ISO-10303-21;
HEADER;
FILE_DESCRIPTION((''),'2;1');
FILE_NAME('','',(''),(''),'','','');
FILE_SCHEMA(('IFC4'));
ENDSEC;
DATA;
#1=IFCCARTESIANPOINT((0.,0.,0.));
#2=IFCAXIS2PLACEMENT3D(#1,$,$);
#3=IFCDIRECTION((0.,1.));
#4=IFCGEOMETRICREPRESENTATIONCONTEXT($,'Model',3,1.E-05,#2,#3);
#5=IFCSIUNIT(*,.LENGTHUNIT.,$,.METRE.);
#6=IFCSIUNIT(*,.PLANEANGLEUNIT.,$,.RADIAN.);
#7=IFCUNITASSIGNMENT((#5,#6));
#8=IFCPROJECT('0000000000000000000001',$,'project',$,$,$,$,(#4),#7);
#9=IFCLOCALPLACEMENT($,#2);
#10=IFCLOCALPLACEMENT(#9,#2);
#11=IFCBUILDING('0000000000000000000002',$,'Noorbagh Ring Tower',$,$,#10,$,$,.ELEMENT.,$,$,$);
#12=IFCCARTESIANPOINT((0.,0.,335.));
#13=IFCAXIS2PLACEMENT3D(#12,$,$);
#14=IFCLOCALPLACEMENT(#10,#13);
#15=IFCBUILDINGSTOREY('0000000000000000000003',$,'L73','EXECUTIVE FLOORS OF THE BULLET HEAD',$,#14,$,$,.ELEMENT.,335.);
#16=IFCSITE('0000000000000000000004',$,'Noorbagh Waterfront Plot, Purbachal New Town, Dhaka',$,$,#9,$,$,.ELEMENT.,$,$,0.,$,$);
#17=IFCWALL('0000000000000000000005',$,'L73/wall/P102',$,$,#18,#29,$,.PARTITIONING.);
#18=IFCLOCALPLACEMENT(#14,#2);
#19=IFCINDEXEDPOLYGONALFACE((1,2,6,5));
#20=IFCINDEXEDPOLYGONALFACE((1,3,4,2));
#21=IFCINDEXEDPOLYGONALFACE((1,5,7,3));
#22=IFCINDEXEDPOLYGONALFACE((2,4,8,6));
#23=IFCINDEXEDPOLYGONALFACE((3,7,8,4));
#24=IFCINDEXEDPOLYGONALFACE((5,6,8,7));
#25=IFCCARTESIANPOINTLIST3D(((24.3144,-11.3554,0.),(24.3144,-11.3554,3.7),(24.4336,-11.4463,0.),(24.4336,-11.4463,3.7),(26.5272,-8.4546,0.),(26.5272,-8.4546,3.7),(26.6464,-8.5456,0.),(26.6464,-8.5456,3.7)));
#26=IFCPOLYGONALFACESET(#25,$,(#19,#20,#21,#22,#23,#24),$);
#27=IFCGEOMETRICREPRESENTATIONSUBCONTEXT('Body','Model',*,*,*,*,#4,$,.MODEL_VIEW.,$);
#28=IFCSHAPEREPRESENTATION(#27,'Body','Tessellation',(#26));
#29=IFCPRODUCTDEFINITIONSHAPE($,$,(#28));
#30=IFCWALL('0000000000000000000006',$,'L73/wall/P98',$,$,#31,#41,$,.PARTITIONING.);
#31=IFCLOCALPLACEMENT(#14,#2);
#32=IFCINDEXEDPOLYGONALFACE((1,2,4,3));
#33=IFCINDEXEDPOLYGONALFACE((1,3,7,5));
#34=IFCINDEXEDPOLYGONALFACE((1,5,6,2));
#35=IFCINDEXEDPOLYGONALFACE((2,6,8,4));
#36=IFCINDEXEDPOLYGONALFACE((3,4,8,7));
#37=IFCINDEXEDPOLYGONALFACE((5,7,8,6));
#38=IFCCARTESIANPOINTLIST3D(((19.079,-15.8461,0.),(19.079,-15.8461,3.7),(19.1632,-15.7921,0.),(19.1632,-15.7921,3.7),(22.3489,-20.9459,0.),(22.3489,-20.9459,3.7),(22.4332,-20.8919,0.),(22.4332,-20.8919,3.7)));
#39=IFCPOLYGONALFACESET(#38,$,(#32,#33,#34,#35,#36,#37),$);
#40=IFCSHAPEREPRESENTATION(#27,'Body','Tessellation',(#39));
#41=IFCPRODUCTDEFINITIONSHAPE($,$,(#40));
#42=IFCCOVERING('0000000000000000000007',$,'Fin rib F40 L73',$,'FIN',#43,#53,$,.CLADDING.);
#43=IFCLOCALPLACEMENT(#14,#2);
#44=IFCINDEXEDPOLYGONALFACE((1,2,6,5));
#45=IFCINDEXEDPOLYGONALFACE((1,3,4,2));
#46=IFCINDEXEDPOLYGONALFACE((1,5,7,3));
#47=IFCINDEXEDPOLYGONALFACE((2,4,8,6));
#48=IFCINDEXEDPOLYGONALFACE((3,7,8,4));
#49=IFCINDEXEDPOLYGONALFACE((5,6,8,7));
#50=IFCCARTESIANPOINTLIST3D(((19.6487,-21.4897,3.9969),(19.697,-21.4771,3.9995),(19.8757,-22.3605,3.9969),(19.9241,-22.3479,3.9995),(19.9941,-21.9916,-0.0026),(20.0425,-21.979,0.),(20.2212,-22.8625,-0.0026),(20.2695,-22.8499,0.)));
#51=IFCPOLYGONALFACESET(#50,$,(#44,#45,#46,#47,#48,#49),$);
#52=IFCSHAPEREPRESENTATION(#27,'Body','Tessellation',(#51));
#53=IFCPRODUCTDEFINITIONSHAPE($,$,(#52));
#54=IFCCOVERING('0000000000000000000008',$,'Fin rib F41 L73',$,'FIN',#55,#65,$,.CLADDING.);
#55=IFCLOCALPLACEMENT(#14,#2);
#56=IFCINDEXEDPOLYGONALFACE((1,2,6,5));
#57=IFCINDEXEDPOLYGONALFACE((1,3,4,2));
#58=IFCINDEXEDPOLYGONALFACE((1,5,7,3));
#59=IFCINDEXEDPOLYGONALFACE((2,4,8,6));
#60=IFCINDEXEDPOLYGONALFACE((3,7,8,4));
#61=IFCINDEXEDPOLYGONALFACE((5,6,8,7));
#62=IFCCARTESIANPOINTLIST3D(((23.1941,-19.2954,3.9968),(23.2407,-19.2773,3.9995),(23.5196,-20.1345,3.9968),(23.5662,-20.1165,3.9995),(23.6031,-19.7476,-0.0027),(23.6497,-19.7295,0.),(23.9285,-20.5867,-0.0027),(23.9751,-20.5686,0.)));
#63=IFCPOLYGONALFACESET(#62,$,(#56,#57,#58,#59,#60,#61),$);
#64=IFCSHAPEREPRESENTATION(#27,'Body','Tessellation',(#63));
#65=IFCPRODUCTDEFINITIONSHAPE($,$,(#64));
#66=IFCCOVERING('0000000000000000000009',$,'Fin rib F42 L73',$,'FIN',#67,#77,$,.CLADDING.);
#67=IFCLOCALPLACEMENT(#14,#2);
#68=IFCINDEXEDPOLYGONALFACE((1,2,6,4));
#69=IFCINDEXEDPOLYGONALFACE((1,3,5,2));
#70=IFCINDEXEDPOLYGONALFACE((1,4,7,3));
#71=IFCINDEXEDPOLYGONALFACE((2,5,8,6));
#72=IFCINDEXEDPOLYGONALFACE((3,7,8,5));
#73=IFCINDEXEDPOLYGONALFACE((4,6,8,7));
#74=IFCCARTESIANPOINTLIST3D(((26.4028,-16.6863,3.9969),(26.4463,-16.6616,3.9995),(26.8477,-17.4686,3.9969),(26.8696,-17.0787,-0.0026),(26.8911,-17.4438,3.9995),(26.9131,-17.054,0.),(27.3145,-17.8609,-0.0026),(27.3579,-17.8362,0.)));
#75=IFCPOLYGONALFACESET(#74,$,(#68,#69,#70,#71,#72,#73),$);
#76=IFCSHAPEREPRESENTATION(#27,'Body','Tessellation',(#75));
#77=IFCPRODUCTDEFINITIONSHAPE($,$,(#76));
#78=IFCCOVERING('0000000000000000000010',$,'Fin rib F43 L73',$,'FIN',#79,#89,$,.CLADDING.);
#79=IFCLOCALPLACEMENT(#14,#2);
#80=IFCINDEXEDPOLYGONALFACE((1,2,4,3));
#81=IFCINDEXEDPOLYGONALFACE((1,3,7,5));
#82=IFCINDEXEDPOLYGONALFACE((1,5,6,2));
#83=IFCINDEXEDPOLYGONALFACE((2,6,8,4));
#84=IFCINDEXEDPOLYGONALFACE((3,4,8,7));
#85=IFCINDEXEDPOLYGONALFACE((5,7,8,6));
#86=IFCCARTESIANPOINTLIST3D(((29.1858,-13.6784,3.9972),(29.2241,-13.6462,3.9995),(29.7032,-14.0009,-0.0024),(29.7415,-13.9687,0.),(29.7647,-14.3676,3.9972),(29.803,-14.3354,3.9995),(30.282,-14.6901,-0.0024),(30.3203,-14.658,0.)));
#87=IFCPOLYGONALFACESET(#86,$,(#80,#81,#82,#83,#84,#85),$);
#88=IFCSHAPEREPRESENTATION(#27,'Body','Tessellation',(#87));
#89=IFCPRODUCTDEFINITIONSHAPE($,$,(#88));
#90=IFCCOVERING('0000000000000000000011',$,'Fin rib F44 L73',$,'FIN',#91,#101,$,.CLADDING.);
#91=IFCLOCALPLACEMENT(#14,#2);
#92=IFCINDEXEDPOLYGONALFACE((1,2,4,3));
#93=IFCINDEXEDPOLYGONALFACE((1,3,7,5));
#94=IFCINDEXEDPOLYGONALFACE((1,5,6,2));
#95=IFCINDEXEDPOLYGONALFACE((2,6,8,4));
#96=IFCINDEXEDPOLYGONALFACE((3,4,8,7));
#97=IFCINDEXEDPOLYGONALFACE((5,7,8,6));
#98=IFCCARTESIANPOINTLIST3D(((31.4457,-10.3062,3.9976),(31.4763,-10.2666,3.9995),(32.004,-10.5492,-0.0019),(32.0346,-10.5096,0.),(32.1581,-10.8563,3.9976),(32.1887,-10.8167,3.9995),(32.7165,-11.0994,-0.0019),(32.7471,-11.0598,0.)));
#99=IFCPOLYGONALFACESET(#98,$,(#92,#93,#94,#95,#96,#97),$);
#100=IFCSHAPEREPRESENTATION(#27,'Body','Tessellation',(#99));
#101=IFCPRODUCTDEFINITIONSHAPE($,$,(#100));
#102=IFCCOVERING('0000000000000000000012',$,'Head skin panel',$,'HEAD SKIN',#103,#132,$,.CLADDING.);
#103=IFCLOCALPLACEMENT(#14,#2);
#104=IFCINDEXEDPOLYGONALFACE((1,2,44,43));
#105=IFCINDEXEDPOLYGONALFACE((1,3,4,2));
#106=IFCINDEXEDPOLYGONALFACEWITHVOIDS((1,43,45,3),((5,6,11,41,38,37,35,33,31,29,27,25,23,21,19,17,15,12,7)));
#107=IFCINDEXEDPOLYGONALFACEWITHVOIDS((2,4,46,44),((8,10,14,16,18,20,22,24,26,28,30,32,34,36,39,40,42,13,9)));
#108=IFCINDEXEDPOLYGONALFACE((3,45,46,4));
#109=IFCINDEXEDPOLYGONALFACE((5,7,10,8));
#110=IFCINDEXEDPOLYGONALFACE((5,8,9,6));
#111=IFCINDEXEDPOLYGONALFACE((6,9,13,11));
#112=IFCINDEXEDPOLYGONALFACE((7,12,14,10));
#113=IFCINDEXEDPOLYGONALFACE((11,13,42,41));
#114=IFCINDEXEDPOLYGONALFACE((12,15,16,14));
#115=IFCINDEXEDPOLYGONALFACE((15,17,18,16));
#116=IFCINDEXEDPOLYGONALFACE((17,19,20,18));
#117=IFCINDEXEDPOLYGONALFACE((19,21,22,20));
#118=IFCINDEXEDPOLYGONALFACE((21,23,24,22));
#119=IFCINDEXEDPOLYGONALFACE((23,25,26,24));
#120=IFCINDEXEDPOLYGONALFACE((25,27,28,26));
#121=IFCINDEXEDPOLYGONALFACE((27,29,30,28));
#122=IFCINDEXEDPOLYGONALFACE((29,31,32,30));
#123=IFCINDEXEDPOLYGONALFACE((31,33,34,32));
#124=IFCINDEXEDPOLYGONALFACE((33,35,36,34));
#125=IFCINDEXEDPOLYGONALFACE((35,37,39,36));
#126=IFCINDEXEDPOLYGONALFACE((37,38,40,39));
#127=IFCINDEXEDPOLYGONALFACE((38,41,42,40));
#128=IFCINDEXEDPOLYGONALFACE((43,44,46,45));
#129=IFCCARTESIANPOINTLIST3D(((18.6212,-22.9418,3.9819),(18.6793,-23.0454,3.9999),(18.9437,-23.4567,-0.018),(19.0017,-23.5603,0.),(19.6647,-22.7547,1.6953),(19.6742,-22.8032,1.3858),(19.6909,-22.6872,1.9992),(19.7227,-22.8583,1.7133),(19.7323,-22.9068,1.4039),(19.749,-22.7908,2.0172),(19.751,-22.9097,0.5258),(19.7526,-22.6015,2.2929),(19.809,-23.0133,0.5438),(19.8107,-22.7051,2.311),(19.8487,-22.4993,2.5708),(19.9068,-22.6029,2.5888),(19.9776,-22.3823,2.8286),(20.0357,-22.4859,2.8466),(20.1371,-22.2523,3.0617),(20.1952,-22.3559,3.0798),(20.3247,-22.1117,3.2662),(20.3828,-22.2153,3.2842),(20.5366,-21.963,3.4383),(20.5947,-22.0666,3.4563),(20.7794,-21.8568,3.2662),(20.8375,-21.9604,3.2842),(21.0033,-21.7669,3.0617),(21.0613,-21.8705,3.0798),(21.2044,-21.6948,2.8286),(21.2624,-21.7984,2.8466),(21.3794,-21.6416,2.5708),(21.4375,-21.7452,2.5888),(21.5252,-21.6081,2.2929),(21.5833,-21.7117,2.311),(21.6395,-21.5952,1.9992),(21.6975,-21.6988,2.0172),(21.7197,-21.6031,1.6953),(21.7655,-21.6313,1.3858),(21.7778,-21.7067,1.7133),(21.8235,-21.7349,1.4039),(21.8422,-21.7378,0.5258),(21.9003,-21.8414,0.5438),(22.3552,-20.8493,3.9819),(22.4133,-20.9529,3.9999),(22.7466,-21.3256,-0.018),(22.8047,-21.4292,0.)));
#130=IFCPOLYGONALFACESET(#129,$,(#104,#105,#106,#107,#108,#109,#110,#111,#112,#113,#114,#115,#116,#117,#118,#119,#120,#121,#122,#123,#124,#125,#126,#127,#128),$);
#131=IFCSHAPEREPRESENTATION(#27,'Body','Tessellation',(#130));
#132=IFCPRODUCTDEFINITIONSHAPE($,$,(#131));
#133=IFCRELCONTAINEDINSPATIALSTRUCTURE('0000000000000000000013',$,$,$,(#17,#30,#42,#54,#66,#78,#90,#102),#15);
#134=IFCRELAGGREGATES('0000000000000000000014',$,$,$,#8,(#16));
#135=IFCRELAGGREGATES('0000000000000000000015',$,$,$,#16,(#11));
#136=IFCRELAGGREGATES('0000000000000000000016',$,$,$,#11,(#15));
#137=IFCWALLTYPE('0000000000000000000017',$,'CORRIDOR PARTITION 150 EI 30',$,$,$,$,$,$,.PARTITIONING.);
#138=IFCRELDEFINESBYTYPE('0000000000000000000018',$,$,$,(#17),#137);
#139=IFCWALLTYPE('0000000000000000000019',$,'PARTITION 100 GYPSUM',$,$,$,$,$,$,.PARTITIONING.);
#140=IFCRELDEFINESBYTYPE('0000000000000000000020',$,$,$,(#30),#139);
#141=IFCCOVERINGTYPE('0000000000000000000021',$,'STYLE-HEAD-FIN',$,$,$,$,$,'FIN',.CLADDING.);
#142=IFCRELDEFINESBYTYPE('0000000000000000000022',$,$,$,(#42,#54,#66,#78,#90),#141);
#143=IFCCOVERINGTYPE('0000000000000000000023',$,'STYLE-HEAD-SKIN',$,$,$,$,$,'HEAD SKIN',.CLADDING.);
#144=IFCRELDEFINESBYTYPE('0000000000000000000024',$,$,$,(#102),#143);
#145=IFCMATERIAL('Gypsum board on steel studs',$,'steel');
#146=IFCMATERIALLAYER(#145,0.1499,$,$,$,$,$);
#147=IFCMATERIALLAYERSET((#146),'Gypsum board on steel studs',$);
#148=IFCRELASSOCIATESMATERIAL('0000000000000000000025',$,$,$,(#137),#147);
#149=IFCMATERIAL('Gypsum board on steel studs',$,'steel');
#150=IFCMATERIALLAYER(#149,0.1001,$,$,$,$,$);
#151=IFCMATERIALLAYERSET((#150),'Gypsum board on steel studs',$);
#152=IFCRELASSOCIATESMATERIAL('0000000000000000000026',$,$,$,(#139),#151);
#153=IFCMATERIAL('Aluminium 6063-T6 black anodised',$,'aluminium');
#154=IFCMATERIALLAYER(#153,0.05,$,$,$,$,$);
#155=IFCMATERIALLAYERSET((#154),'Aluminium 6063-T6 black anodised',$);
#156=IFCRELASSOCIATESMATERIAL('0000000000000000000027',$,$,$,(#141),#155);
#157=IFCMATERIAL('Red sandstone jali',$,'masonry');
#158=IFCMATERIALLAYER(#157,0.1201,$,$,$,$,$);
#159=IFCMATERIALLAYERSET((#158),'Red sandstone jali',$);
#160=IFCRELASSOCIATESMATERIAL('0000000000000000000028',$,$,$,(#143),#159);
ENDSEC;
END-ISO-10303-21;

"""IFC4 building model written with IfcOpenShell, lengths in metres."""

from ifc_helpers import new_model, si_unit, direction, frame, frame_2d, origin, place, context, subcontext, project, spatial, polyline, rectangle, outline, extrude, material, layer, layer_set, type_object, element, save


model = new_model("IFC4")

# Units and contexts
model_context = context("Model", 3, precision=1e-05, world=origin(), true_north=direction((0.0, 1.0)))
body_context = subcontext(model_context, "Body", "Model", "MODEL_VIEW")
ifc_project = project(units=[si_unit("LENGTHUNIT", "METRE"), si_unit("PLANEANGLEUNIT", "RADIAN")], contexts=[model_context])

# Site, building, storey
site_placement = place(None, origin())
site = spatial("IfcSite", under=ifc_project, at=site_placement, Name="Noorbagh Waterfront Plot, Purbachal New Town, Dhaka", CompositionType="ELEMENT", RefElevation=0.0)
building_placement = place(site_placement, origin())
building = spatial("IfcBuilding", under=site, at=building_placement, Name="Noorbagh Ring Tower", CompositionType="ELEMENT")
storey_placement = place(building_placement, frame((0.0, 0.0, 335.0)))
storey = spatial("IfcBuildingStorey", under=building, at=storey_placement, Name="L73", Description="EXECUTIVE FLOORS OF THE BULLET HEAD", CompositionType="ELEMENT", Elevation=335.0)

# Shared definitions
ifc_material_1 = material(Name="Gypsum board on steel studs", Category="steel")
ifc_layer_1 = layer(ifc_material_1, 0.1499)
ifc_layer_set_1 = layer_set([ifc_layer_1], Name="Gypsum board on steel studs")
wall_type_1 = type_object("IfcWallType", Name="CORRIDOR PARTITION 150 EI 30", PredefinedType="PARTITIONING", material=ifc_layer_set_1)

# Walls
wall_1_placement = place(storey_placement, frame((24.374, -11.4009, 0.0), z_axis=(0.0, 0.0, 1.0), x_axis=(0.606511, 0.795075, 0.0)))
element("IfcWall", 1, at=wall_1_placement, inside=storey, type_object=wall_type_1, Name="L73/wall/P102", PredefinedType="PARTITIONING", context=body_context, shape_type="SweptSolid", body=[
    extrude(rectangle(XDim=3.6484, YDim=0.1499, at=frame_2d((1.8242, 0.0))), origin(), (0.0, 0.0, 1.0), 3.7),
])
ifc_material_2 = material(Name="Gypsum board on steel studs", Category="steel")
ifc_layer_2 = layer(ifc_material_2, 0.1001)
ifc_layer_set_2 = layer_set([ifc_layer_2], Name="Gypsum board on steel studs")
wall_type_2 = type_object("IfcWallType", Name="PARTITION 100 GYPSUM", PredefinedType="PARTITIONING", material=ifc_layer_set_2)
wall_2_placement = place(storey_placement, frame((19.1211, -15.8191, 0.0), z_axis=(0.0, 0.0, 1.0), x_axis=(0.539769, -0.841813, 0.0)))
element("IfcWall", 2, at=wall_2_placement, inside=storey, type_object=wall_type_2, Name="L73/wall/P98", PredefinedType="PARTITIONING", context=body_context, shape_type="SweptSolid", body=[
    extrude(rectangle(XDim=6.0581, YDim=0.1001, at=frame_2d((3.0291, 0.0))), origin(), (0.0, 0.0, 1.0), 3.7),
])

# Coverings
ifc_material_3 = material(Name="Aluminium 6063-T6 black anodised", Category="aluminium")
ifc_layer_3 = layer(ifc_material_3, 0.05)
ifc_layer_set_3 = layer_set([ifc_layer_3], Name="Aluminium 6063-T6 black anodised")
covering_type_1 = type_object("IfcCoveringType", Name="STYLE-HEAD-FIN", ElementType="FIN", PredefinedType="CLADDING", material=ifc_layer_set_3)
covering_1_placement = place(storey_placement, frame((20.2695, -22.8499, 0.0), z_axis=(0.96635, 0.25195, 0.051848), x_axis=(-0.08539, 0.124072, 0.988592)))
element("IfcCovering", 3, at=covering_1_placement, inside=storey, type_object=covering_type_1, Name="Fin rib F40 L73", ObjectType="FIN", PredefinedType="CLADDING", context=body_context, shape_type="SweptSolid", body=[
    extrude(outline(polyline([(0.0, 0.0), (4.0457, 0.0), (4.1731, -0.8909), (0.1274, -0.8909), (0.0, 0.0)])), origin(), (0.0, 0.0, -1.0), 0.05),
])
covering_2_placement = place(storey_placement, frame((23.9751, -20.5686, 0.0), z_axis=(0.930956, 0.36106, 0.054369), x_axis=(-0.101079, 0.11176, 0.988581)))
element("IfcCovering", 4, at=covering_2_placement, inside=storey, type_object=covering_type_1, Name="Fin rib F41 L73", ObjectType="FIN", PredefinedType="CLADDING", context=body_context, shape_type="SweptSolid", body=[
    extrude(outline(polyline([(0.0, 0.0), (4.0457, 0.0), (4.1724, -0.8911), (0.1267, -0.8911), (0.0, 0.0)])), origin(), (0.0, 0.0, -1.0), 0.05),
])
covering_3_placement = place(storey_placement, frame((27.3579, -17.8362, 0.0), z_axis=(0.86806, 0.493634, 0.052891), x_axis=(-0.11538, 0.096975, 0.988576)))
element("IfcCovering", 5, at=covering_3_placement, inside=storey, type_object=covering_type_1, Name="Fin rib F42 L73", ObjectType="FIN", PredefinedType="CLADDING", context=body_context, shape_type="SweptSolid", body=[
    extrude(outline(polyline([(0.0, 0.0), (4.0457, 0.0), (4.1729, -0.8908), (0.1272, -0.8908), (0.0, 0.0)])), origin(), (0.0, 0.0, -1.0), 0.05),
])
covering_4_placement = place(storey_placement, frame((30.3203, -14.658, 0.0), z_axis=(0.764896, 0.642426, 0.047135), x_axis=(-0.127872, 0.079717, 0.988582)))
element("IfcCovering", 6, at=covering_4_placement, inside=storey, type_object=covering_type_1, Name="Fin rib F43 L73", ObjectType="FIN", PredefinedType="CLADDING", context=body_context, shape_type="SweptSolid", body=[
    extrude(outline(polyline([(0.0, 0.0), (4.0457, 0.0), (4.1747, -0.8908), (0.129, -0.8908), (0.0, 0.0)])), origin(), (0.0, 0.0, -1.0), 0.05),
])
covering_5_placement = place(storey_placement, frame((32.7471, -11.0598, 0.0), z_axis=(0.6108, 0.79091, 0.037208), x_axis=(-0.138028, 0.060087, 0.988604)))
element("IfcCovering", 7, at=covering_5_placement, inside=storey, type_object=covering_type_1, Name="Fin rib F44 L73", ObjectType="FIN", PredefinedType="CLADDING", context=body_context, shape_type="SweptSolid", body=[
    extrude(outline(polyline([(0.0, 0.0), (4.0456, 0.0), (4.177, -0.8904), (0.1314, -0.8905), (0.0, 0.0)])), origin(), (0.0, 0.0, -1.0), 0.05),
])
ifc_material_4 = material(Name="Red sandstone jali", Category="masonry")
ifc_layer_4 = layer(ifc_material_4, 0.1201)
ifc_layer_set_4 = layer_set([ifc_layer_4], Name="Red sandstone jali")
covering_type_2 = type_object("IfcCoveringType", Name="STYLE-HEAD-SKIN", ElementType="HEAD SKIN", PredefinedType="CLADDING", material=ifc_layer_set_4)
covering_6_placement = place(storey_placement, frame((19.0017, -23.5603, 0.0), z_axis=(0.483324, -0.862496, 0.149993), x_axis=(0.872365, 0.488855, 0.0)))
element("IfcCovering", 8, at=covering_6_placement, inside=storey, type_object=covering_type_2, Name="Head skin panel", ObjectType="HEAD SKIN", PredefinedType="CLADDING", context=body_context, shape_type="SweptSolid", body=[
    extrude(outline(polyline([(0.0, 0.0), (4.3594, 0.0), (4.2507, 4.0457), (-0.0295, 4.0457), (0.0, 0.0)]), holes=[polyline([(0.9717, 0.55), (0.9568, 1.4199), (0.9722, 1.7329), (1.0281, 2.0403), (1.1238, 2.3374), (1.2576, 2.6184), (1.4272, 2.8792), (1.6299, 3.115), (1.8623, 3.3218), (2.1199, 3.4958), (2.3835, 3.3218), (2.6228, 3.115), (2.8335, 2.8792), (3.0122, 2.6184), (3.1558, 2.3374), (3.2617, 2.0403), (3.3279, 1.7329), (3.354, 1.4199), (3.3689, 0.55), (0.9717, 0.55)])]), origin(), (0.0, 0.0, -1.0), 0.1201),
])

save(model, "model.ifc")
